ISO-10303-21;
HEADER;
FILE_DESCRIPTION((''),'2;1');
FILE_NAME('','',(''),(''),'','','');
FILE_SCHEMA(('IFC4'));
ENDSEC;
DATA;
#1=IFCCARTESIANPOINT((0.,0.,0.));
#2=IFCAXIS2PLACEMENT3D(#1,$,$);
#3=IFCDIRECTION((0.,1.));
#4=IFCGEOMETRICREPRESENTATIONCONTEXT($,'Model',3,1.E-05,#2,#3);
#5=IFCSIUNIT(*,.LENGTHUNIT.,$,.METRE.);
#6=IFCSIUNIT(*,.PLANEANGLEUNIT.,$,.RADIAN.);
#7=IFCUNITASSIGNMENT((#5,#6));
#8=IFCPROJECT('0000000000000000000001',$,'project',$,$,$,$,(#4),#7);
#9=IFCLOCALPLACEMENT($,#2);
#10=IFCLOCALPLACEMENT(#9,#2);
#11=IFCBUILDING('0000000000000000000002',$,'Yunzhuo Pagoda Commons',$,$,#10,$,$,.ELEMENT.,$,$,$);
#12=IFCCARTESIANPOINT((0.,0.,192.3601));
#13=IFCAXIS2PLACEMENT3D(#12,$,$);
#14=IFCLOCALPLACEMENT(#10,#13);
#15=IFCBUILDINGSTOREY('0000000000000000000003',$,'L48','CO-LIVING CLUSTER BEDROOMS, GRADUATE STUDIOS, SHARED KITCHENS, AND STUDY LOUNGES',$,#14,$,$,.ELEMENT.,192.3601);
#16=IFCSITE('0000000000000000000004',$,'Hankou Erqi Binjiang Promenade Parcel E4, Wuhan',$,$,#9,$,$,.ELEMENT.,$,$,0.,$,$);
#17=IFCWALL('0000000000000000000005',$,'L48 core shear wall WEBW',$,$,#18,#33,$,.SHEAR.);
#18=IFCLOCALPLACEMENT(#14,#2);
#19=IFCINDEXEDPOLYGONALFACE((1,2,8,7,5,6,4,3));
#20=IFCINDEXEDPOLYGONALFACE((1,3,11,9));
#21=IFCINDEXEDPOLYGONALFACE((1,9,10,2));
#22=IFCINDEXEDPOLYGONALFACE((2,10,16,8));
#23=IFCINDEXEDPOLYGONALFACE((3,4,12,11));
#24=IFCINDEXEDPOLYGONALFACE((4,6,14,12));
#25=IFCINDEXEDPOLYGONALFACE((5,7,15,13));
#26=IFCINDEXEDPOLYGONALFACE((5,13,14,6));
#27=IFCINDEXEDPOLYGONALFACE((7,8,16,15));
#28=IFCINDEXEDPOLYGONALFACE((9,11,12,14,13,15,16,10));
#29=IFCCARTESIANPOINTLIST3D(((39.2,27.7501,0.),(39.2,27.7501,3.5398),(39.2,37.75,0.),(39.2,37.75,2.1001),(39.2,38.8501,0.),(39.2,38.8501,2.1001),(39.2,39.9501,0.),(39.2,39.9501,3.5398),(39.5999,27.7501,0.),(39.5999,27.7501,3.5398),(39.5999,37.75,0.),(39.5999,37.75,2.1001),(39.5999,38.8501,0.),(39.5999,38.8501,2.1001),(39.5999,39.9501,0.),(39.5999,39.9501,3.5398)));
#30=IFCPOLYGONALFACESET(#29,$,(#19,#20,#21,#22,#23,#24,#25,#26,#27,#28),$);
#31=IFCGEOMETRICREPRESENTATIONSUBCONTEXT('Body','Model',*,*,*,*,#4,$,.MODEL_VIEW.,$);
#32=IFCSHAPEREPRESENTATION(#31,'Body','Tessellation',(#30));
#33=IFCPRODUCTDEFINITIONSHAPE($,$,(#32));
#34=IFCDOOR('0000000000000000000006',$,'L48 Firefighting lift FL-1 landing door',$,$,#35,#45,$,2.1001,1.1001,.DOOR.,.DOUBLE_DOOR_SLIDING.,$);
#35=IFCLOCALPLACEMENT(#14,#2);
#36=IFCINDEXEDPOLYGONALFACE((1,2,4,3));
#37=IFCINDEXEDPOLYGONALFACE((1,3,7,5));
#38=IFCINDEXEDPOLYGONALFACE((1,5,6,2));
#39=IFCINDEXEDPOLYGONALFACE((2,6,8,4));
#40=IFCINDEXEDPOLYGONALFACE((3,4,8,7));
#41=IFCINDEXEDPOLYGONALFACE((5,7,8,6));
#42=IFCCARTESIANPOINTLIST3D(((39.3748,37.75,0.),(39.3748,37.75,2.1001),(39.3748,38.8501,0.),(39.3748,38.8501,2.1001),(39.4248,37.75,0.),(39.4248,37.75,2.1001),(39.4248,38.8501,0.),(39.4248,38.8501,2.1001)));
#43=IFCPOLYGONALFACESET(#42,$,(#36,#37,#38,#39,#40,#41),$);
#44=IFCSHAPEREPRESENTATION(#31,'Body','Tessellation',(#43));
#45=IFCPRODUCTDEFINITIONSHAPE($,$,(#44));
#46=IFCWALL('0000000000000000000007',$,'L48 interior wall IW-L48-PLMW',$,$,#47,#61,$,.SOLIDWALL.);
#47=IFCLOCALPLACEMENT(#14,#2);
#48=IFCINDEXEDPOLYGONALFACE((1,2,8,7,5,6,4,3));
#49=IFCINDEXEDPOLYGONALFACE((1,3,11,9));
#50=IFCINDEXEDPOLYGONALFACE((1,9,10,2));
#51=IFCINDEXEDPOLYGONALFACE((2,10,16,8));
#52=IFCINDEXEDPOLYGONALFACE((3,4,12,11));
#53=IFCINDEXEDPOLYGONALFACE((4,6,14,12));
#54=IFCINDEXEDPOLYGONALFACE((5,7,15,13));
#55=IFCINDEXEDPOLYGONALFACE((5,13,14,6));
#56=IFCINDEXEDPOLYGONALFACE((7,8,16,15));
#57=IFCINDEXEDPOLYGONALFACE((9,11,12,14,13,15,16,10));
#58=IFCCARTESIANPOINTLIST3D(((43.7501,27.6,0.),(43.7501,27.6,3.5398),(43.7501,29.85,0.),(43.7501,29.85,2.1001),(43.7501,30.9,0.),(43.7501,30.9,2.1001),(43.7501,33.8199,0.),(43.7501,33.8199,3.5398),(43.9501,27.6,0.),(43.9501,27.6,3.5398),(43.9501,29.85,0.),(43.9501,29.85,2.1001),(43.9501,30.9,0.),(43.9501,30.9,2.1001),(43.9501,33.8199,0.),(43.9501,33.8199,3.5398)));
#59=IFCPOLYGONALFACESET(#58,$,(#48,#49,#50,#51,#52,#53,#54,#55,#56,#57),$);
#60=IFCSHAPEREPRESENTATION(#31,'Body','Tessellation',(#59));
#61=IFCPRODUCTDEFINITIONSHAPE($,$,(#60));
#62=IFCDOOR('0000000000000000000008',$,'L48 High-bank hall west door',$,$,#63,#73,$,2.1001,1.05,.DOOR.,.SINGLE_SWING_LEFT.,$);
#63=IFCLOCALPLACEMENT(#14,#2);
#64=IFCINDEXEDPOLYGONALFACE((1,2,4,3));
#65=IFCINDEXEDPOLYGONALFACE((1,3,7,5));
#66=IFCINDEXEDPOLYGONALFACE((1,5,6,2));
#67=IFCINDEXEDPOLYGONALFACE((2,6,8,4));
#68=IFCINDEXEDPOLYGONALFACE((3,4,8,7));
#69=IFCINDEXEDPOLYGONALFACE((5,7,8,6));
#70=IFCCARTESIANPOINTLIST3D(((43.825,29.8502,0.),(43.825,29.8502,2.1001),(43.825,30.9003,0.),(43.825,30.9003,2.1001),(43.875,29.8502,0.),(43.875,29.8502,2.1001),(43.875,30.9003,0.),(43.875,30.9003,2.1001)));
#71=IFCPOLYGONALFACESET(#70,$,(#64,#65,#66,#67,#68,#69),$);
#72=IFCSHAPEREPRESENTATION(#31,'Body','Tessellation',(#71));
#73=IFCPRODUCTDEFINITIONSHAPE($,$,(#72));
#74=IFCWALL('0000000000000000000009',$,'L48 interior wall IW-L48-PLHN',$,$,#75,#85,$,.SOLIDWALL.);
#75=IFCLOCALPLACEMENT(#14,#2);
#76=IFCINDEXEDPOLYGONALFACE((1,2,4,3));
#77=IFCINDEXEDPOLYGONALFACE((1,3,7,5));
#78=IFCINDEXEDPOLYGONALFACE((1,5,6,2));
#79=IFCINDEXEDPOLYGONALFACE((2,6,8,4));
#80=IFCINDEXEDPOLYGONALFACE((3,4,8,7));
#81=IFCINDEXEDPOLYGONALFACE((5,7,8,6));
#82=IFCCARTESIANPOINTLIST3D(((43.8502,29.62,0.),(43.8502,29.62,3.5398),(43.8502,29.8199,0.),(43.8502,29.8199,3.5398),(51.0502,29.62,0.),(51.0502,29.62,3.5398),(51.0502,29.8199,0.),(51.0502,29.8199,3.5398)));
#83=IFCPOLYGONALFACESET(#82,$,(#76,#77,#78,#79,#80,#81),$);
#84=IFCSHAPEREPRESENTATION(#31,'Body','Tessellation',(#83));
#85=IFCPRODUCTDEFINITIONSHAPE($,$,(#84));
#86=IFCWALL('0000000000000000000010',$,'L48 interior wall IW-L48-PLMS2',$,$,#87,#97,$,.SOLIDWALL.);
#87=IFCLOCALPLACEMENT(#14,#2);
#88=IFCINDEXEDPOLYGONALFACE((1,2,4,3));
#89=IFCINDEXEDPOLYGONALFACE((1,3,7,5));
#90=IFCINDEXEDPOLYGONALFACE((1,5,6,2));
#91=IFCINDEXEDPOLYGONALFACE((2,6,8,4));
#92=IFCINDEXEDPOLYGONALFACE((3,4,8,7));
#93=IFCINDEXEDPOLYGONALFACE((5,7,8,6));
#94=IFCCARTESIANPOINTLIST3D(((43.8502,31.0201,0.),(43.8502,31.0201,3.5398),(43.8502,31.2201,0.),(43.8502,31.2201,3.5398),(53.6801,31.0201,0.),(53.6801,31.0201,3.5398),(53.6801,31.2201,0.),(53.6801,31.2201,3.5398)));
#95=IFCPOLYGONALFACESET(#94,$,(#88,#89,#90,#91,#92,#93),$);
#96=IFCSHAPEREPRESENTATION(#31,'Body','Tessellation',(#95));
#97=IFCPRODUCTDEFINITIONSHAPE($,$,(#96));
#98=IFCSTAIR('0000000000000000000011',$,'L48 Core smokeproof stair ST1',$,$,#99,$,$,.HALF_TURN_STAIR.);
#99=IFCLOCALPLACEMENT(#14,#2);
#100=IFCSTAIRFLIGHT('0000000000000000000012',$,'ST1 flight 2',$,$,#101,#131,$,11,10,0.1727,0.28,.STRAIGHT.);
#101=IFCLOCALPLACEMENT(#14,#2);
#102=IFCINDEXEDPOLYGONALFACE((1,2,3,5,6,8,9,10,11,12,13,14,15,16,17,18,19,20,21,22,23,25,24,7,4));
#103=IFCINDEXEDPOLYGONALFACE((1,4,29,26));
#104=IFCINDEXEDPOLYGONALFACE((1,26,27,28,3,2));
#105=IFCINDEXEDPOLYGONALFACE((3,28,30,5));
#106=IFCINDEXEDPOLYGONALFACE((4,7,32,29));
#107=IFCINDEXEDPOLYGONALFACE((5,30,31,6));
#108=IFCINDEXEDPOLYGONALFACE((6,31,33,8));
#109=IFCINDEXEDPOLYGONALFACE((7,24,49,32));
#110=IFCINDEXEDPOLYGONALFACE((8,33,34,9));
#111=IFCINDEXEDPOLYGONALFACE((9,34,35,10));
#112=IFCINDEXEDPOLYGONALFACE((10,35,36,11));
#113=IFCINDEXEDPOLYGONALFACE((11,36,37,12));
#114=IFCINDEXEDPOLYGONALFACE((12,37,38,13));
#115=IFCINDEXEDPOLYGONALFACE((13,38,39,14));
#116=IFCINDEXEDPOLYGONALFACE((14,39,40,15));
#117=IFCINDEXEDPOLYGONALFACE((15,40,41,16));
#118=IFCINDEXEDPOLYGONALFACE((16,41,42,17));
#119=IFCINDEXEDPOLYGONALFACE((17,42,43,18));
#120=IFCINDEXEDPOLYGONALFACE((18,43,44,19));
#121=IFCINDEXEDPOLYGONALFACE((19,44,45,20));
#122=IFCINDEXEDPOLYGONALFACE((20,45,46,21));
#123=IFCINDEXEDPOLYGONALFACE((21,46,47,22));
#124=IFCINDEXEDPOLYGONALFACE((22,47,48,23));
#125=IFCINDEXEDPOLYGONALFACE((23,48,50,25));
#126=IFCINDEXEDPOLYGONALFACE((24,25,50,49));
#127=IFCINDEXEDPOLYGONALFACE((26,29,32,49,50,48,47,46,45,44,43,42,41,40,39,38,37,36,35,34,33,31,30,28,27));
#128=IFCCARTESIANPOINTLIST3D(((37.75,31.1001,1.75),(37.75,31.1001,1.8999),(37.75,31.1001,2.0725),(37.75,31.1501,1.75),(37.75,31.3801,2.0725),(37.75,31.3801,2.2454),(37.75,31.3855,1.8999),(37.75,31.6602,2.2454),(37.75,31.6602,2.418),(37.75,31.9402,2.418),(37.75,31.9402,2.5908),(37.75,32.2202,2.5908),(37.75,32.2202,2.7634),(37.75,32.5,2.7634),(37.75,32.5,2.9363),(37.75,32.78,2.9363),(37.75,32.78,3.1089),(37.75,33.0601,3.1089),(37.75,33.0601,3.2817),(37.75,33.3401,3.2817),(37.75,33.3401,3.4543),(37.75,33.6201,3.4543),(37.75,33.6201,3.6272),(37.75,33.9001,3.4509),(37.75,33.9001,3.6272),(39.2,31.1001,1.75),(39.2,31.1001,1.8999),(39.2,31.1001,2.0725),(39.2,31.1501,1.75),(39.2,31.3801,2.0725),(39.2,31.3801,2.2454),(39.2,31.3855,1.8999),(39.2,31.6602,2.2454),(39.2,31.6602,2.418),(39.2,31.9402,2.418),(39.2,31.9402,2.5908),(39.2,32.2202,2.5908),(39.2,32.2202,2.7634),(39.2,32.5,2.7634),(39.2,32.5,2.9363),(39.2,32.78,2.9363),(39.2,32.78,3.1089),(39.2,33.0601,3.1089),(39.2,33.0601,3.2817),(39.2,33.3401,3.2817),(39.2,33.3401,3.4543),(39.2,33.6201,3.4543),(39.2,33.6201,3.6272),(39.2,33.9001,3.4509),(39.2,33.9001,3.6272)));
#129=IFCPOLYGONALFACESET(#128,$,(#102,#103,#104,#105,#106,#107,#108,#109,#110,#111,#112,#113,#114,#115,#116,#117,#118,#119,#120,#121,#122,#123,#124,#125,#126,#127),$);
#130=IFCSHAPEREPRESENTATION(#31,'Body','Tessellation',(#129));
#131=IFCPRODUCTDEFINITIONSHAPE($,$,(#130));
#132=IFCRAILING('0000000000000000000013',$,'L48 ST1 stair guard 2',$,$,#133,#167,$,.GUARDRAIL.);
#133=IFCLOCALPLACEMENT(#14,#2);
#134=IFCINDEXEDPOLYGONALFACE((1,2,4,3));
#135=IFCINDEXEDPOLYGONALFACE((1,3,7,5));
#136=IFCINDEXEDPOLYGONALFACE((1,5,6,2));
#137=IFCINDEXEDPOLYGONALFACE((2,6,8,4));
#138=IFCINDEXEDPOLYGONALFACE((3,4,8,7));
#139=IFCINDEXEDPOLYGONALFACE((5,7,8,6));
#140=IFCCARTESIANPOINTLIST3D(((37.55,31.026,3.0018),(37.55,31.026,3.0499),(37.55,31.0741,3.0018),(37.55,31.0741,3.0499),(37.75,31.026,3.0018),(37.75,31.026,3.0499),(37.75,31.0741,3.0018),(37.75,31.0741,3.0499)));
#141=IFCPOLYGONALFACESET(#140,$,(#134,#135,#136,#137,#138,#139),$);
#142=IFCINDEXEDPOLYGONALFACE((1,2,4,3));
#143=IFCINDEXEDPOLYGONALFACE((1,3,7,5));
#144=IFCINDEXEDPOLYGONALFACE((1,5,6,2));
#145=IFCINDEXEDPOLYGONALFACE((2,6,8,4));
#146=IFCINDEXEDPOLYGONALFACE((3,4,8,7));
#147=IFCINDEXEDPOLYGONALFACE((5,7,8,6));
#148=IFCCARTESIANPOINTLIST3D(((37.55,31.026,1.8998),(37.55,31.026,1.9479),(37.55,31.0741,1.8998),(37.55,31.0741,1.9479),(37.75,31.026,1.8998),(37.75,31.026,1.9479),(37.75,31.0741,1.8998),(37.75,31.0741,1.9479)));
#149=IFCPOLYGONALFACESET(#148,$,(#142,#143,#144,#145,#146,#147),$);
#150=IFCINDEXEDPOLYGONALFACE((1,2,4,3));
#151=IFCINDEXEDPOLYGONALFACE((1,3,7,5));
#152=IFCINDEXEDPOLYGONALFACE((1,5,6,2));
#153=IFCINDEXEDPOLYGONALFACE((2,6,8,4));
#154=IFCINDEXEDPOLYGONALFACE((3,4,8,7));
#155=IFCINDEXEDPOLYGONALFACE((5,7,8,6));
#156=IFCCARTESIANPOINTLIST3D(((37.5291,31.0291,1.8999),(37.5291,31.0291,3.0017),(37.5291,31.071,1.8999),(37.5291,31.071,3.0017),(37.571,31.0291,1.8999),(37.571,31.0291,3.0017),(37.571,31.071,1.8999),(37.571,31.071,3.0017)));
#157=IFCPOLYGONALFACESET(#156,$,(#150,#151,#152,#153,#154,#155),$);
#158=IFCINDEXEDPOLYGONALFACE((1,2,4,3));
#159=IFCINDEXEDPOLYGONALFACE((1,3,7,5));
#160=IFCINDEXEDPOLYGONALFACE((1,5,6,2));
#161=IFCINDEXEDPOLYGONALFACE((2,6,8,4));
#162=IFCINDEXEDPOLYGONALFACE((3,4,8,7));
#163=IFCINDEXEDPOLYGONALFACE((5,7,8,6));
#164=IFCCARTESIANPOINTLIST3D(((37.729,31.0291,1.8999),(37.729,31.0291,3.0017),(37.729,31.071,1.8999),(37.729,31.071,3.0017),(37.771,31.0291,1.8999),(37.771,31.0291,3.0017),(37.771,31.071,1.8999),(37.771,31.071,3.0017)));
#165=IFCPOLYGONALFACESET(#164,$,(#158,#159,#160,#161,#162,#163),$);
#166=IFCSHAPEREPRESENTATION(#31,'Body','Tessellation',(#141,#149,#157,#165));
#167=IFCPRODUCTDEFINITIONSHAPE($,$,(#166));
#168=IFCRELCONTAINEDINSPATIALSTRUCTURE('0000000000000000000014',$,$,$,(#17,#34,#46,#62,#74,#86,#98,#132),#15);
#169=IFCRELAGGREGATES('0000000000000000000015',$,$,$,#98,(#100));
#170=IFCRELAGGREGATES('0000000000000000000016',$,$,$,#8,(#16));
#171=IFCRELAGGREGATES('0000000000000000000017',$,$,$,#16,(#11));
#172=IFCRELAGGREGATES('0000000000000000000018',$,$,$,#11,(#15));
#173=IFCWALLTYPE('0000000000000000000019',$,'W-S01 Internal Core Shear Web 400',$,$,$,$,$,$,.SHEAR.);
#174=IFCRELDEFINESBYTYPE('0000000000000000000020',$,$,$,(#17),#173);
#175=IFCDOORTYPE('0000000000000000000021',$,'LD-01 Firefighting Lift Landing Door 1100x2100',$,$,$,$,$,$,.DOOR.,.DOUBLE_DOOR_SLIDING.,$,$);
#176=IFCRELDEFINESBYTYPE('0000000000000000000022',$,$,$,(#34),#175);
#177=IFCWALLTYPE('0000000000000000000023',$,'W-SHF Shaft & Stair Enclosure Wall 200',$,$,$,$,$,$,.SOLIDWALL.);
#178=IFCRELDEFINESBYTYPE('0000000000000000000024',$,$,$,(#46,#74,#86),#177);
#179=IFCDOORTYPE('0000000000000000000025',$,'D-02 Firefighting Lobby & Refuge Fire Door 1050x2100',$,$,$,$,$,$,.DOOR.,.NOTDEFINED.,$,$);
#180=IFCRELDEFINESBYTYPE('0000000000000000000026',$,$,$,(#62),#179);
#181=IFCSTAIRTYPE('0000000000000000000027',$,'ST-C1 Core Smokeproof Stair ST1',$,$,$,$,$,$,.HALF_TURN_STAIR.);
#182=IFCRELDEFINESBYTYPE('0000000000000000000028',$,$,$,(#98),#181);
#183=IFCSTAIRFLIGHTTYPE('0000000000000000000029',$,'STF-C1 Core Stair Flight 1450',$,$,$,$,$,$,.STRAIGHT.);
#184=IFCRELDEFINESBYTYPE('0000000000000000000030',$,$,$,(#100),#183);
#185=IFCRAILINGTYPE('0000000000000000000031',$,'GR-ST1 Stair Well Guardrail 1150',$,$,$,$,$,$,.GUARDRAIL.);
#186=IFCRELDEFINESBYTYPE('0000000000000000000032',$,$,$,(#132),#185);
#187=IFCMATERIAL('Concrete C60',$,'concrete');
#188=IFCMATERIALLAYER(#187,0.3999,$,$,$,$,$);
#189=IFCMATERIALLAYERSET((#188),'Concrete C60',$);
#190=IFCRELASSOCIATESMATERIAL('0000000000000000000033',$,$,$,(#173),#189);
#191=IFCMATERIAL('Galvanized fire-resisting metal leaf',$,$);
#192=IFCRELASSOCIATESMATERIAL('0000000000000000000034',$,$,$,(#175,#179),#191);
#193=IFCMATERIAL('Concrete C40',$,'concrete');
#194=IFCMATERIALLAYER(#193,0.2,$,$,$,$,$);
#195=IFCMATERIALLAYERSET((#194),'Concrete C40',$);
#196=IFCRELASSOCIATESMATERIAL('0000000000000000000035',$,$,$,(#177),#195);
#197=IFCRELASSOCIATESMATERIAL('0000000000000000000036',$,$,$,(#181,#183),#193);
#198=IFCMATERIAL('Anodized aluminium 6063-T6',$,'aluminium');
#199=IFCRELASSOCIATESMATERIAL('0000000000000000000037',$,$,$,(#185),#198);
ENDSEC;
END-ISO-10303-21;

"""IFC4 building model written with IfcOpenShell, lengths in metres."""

from ifc_helpers import new_model, si_unit, direction, frame, frame_2d, origin, origin_2d, place, context, subcontext, project, spatial, polyline, rectangle, outline, extrude, source, transform, mapped, material, layer, layer_set, type_object, element, fill, aggregate, save


model = new_model("IFC4")

# Units and contexts
model_context = context("Model", 3, precision=1e-05, world=origin(), true_north=direction((0.0, 1.0)))
body_context = subcontext(model_context, "Body", "Model", "MODEL_VIEW")
ifc_project = project(units=[si_unit("LENGTHUNIT", "METRE"), si_unit("PLANEANGLEUNIT", "RADIAN")], contexts=[model_context])

# Site, building, storey
site_placement = place(None, origin())
site = spatial("IfcSite", under=ifc_project, at=site_placement, Name="Hankou Erqi Binjiang Promenade Parcel E4, Wuhan", CompositionType="ELEMENT", RefElevation=0.0)
building_placement = place(site_placement, origin())
building = spatial("IfcBuilding", under=site, at=building_placement, Name="Yunzhuo Pagoda Commons", CompositionType="ELEMENT")
storey_placement = place(building_placement, frame((0.0, 0.0, 192.3601)))
storey = spatial("IfcBuildingStorey", under=building, at=storey_placement, Name="L48", Description="CO-LIVING CLUSTER BEDROOMS, GRADUATE STUDIOS, SHARED KITCHENS, AND STUDY LOUNGES", CompositionType="ELEMENT", Elevation=192.3601)

# Shared definitions
ifc_material_1 = material(Name="Galvanized fire-resisting metal leaf")

# Walls, openings, doors
ifc_material_2 = material(Name="Concrete C60", Category="concrete")
ifc_layer_1 = layer(ifc_material_2, 0.3999)
ifc_layer_set_1 = layer_set([ifc_layer_1], Name="Concrete C60")
wall_type_1 = type_object("IfcWallType", Name="W-S01 Internal Core Shear Web 400", PredefinedType="SHEAR", material=ifc_layer_set_1)
wall_1_placement = place(storey_placement, frame((39.3999, 27.75, 0.0), z_axis=(0.0, 0.0, 1.0), x_axis=(0.0, 1.0, 0.0)))
wall_1 = element("IfcWall", 1, at=wall_1_placement, inside=storey, type_object=wall_type_1, Name="L48 core shear wall WEBW", PredefinedType="SHEAR", context=body_context, shape_type="SweptSolid", body=[
    extrude(rectangle(XDim=12.2, YDim=0.3999, at=frame_2d((6.1001, 0.0))), origin(), (0.0, 0.0, 1.0), 3.5398),
])
opening_1_placement = place(wall_1_placement, frame((10.0, 0.0, 0.0)))
opening_1 = element("IfcOpeningElement", 2, at=opening_1_placement, cuts=wall_1, PredefinedType="OPENING", context=body_context, shape_type="SweptSolid", body=[
    extrude(rectangle(XDim=1.1001, YDim=2.1001, at=frame_2d((0.55, 1.05))), frame((0.0, 0.21, 0.0), z_axis=(0.0, -1.0, 0.0), x_axis=(1.0, 0.0, 0.0)), (0.0, 0.0, 1.0), 0.4199),
])
door_type_1 = type_object("IfcDoorType", Name="LD-01 Firefighting Lift Landing Door 1100x2100", OperationType="DOUBLE_DOOR_SLIDING", PredefinedType="DOOR", material=ifc_material_1)
shared_shape_1 = source(origin(), body_context, "Body", "SweptSolid", [
    extrude(rectangle(XDim=1.1001, YDim=2.1001, at=frame_2d((0.55, 1.05))), frame((0.0, 0.0249, 0.0), z_axis=(0.0, -1.0, 0.0), x_axis=(1.0, 0.0, 0.0)), (0.0, 0.0, 1.0), 0.05),
])
door_1_placement = place(opening_1_placement, frame((1.1001, 0.0, 0.0), z_axis=(0.0, 0.0, 1.0), x_axis=(-1.0, 0.0, 0.0)))
door_1 = element("IfcDoor", 3, at=door_1_placement, inside=storey, type_object=door_type_1, Name="L48 Firefighting lift FL-1 landing door", OperationType="DOUBLE_DOOR_SLIDING", OverallHeight=2.1001, OverallWidth=1.1001, PredefinedType="DOOR", context=body_context, shape_type="MappedRepresentation", body=[
    mapped(shared_shape_1, transform((0.0, 0.0, 0.0), scale=1.0)),
])
fill(opening_1, door_1)
ifc_material_3 = material(Name="Concrete C40", Category="concrete")
ifc_layer_2 = layer(ifc_material_3, 0.2)
ifc_layer_set_2 = layer_set([ifc_layer_2], Name="Concrete C40")
wall_type_2 = type_object("IfcWallType", Name="W-SHF Shaft & Stair Enclosure Wall 200", PredefinedType="SOLIDWALL", material=ifc_layer_set_2)
wall_2_placement = place(storey_placement, frame((43.8501, 27.6001, 0.0), z_axis=(0.0, 0.0, 1.0), x_axis=(0.0, 1.0, 0.0)))
wall_2 = element("IfcWall", 4, at=wall_2_placement, inside=storey, type_object=wall_type_2, Name="L48 interior wall IW-L48-PLMW", PredefinedType="SOLIDWALL", context=body_context, shape_type="SweptSolid", body=[
    extrude(rectangle(XDim=6.22, YDim=0.2, at=frame_2d((3.1099, 0.0))), origin(), (0.0, 0.0, 1.0), 3.5398),
])
opening_2_placement = place(wall_2_placement, frame((2.25, 0.0, 0.0)))
opening_2 = element("IfcOpeningElement", 5, at=opening_2_placement, cuts=wall_2, PredefinedType="OPENING", context=body_context, shape_type="SweptSolid", body=[
    extrude(rectangle(XDim=1.05, YDim=2.1001, at=frame_2d((0.5249, 1.05))), frame((0.0, 0.1099, 0.0), z_axis=(0.0, -1.0, 0.0), x_axis=(1.0, 0.0, 0.0)), (0.0, 0.0, 1.0), 0.22),
])
door_type_2 = type_object("IfcDoorType", Name="D-02 Firefighting Lobby & Refuge Fire Door 1050x2100", OperationType="NOTDEFINED", PredefinedType="DOOR", material=ifc_material_1)
shared_shape_2 = source(origin(), body_context, "Body", "SweptSolid", [
    extrude(rectangle(XDim=1.05, YDim=2.1001, at=frame_2d((0.5249, 1.05))), frame((0.0, 0.0249, 0.0), z_axis=(0.0, -1.0, 0.0), x_axis=(1.0, 0.0, 0.0)), (0.0, 0.0, 1.0), 0.05),
])
door_2_placement = place(opening_2_placement, frame((1.05, 0.0, 0.0), z_axis=(0.0, 0.0, 1.0), x_axis=(-1.0, 0.0, 0.0)))
door_2 = element("IfcDoor", 6, at=door_2_placement, inside=storey, type_object=door_type_2, Name="L48 High-bank hall west door", OperationType="SINGLE_SWING_LEFT", OverallHeight=2.1001, OverallWidth=1.05, PredefinedType="DOOR", context=body_context, shape_type="MappedRepresentation", body=[
    mapped(shared_shape_2, transform((0.0, 0.0, 0.0), scale=1.0)),
])
fill(opening_2, door_2)

# Walls
wall_3_placement = place(storey_placement, frame((43.8501, 29.72, 0.0), z_axis=(0.0, 0.0, 1.0), x_axis=(1.0, 0.0, 0.0)))
element("IfcWall", 7, at=wall_3_placement, inside=storey, type_object=wall_type_2, Name="L48 interior wall IW-L48-PLHN", PredefinedType="SOLIDWALL", context=body_context, shape_type="SweptSolid", body=[
    extrude(rectangle(XDim=7.2, YDim=0.2, at=frame_2d((3.6001, 0.0))), origin(), (0.0, 0.0, 1.0), 3.5398),
])
wall_4_placement = place(storey_placement, frame((43.8501, 31.1201, 0.0), z_axis=(0.0, 0.0, 1.0), x_axis=(1.0, 0.0, 0.0)))
element("IfcWall", 8, at=wall_4_placement, inside=storey, type_object=wall_type_2, Name="L48 interior wall IW-L48-PLMS2", PredefinedType="SOLIDWALL", context=body_context, shape_type="SweptSolid", body=[
    extrude(rectangle(XDim=9.8298, YDim=0.2, at=frame_2d((4.915, 0.0))), origin(), (0.0, 0.0, 1.0), 3.5398),
])

# Stair, stair flight
stair_type = type_object("IfcStairType", Name="ST-C1 Core Smokeproof Stair ST1", PredefinedType="HALF_TURN_STAIR", material=ifc_material_3)
stair_placement = place(storey_placement, origin())
stair = element("IfcStair", 9, at=stair_placement, inside=storey, type_object=stair_type, Name="L48 Core smokeproof stair ST1", PredefinedType="HALF_TURN_STAIR")
stair_flight_type = type_object("IfcStairFlightType", Name="STF-C1 Core Stair Flight 1450", PredefinedType="STRAIGHT", material=ifc_material_3)
shared_shape_3 = source(origin(), body_context, "Body", "SweptSolid", [
    extrude(outline(polyline([(0.0, -0.1499), (0.0, 0.0), (0.0, 0.1726), (0.28, 0.1726), (0.28, 0.3455), (0.5601, 0.3455), (0.5601, 0.5181), (0.8401, 0.5181), (0.8401, 0.6909), (1.1201, 0.6909), (1.1201, 0.8635), (1.3999, 0.8635), (1.3999, 1.0364), (1.6799, 1.0364), (1.6799, 1.209), (1.96, 1.209), (1.96, 1.3818), (2.24, 1.3818), (2.24, 1.5544), (2.52, 1.5544), (2.52, 1.7273), (2.8, 1.7273), (2.8, 1.8999), (2.8, 1.551), (0.2854, 0.0), (0.05, -0.1499), (0.0, -0.1499)])), frame((0.0, 0.7251, 0.0), z_axis=(0.0, -1.0, 0.0), x_axis=(1.0, 0.0, 0.0)), (0.0, 0.0, 1.0), 1.45),
])
stair_flight_placement = place(storey_placement, frame((38.4751, 31.1001, 1.8999), z_axis=(0.0, 0.0, 1.0), x_axis=(0.0, 1.0, 0.0)))
stair_flight = element("IfcStairFlight", 10, at=stair_flight_placement, type_object=stair_flight_type, Name="ST1 flight 2", NumberOfRisers=11, NumberOfTreads=10, PredefinedType="STRAIGHT", RiserHeight=0.1727, TreadLength=0.28, context=body_context, shape_type="MappedRepresentation", body=[
    mapped(shared_shape_3, transform((0.0, 0.0, 0.0), scale=1.0)),
])
aggregate(stair, [stair_flight])

# Railing
ifc_material_4 = material(Name="Anodized aluminium 6063-T6", Category="aluminium")
railing_type_1 = type_object("IfcRailingType", Name="GR-ST1 Stair Well Guardrail 1150", PredefinedType="GUARDRAIL", material=ifc_material_4)
railing_1_placement = place(storey_placement, frame((37.55, 31.05, 1.8999)))
element("IfcRailing", 11, at=railing_1_placement, inside=storey, type_object=railing_type_1, Name="L48 ST1 stair guard 2", PredefinedType="GUARDRAIL", context=body_context, shape_type="SweptSolid", body=[
    extrude(rectangle(XDim=0.0481, YDim=0.0481, at=origin_2d()), frame((0.0, 0.0, 1.126), z_axis=(1.0, 0.0, 0.0), x_axis=(0.0, 1.0, 0.0)), (0.0, 0.0, 1.0), 0.2),
    extrude(rectangle(XDim=0.0481, YDim=0.0481, at=origin_2d()), frame((0.0, 0.0, 0.0239), z_axis=(1.0, 0.0, 0.0), x_axis=(0.0, 1.0, 0.0)), (0.0, 0.0, 1.0), 0.2),
    extrude(rectangle(XDim=0.042, YDim=0.042, at=origin_2d()), origin(), (0.0, 0.0, 1.0), 1.1018),
    extrude(rectangle(XDim=0.042, YDim=0.042, at=origin_2d()), frame((0.2, 0.0, 0.0)), (0.0, 0.0, 1.0), 1.1018),
])

save(model, "model.ifc")
